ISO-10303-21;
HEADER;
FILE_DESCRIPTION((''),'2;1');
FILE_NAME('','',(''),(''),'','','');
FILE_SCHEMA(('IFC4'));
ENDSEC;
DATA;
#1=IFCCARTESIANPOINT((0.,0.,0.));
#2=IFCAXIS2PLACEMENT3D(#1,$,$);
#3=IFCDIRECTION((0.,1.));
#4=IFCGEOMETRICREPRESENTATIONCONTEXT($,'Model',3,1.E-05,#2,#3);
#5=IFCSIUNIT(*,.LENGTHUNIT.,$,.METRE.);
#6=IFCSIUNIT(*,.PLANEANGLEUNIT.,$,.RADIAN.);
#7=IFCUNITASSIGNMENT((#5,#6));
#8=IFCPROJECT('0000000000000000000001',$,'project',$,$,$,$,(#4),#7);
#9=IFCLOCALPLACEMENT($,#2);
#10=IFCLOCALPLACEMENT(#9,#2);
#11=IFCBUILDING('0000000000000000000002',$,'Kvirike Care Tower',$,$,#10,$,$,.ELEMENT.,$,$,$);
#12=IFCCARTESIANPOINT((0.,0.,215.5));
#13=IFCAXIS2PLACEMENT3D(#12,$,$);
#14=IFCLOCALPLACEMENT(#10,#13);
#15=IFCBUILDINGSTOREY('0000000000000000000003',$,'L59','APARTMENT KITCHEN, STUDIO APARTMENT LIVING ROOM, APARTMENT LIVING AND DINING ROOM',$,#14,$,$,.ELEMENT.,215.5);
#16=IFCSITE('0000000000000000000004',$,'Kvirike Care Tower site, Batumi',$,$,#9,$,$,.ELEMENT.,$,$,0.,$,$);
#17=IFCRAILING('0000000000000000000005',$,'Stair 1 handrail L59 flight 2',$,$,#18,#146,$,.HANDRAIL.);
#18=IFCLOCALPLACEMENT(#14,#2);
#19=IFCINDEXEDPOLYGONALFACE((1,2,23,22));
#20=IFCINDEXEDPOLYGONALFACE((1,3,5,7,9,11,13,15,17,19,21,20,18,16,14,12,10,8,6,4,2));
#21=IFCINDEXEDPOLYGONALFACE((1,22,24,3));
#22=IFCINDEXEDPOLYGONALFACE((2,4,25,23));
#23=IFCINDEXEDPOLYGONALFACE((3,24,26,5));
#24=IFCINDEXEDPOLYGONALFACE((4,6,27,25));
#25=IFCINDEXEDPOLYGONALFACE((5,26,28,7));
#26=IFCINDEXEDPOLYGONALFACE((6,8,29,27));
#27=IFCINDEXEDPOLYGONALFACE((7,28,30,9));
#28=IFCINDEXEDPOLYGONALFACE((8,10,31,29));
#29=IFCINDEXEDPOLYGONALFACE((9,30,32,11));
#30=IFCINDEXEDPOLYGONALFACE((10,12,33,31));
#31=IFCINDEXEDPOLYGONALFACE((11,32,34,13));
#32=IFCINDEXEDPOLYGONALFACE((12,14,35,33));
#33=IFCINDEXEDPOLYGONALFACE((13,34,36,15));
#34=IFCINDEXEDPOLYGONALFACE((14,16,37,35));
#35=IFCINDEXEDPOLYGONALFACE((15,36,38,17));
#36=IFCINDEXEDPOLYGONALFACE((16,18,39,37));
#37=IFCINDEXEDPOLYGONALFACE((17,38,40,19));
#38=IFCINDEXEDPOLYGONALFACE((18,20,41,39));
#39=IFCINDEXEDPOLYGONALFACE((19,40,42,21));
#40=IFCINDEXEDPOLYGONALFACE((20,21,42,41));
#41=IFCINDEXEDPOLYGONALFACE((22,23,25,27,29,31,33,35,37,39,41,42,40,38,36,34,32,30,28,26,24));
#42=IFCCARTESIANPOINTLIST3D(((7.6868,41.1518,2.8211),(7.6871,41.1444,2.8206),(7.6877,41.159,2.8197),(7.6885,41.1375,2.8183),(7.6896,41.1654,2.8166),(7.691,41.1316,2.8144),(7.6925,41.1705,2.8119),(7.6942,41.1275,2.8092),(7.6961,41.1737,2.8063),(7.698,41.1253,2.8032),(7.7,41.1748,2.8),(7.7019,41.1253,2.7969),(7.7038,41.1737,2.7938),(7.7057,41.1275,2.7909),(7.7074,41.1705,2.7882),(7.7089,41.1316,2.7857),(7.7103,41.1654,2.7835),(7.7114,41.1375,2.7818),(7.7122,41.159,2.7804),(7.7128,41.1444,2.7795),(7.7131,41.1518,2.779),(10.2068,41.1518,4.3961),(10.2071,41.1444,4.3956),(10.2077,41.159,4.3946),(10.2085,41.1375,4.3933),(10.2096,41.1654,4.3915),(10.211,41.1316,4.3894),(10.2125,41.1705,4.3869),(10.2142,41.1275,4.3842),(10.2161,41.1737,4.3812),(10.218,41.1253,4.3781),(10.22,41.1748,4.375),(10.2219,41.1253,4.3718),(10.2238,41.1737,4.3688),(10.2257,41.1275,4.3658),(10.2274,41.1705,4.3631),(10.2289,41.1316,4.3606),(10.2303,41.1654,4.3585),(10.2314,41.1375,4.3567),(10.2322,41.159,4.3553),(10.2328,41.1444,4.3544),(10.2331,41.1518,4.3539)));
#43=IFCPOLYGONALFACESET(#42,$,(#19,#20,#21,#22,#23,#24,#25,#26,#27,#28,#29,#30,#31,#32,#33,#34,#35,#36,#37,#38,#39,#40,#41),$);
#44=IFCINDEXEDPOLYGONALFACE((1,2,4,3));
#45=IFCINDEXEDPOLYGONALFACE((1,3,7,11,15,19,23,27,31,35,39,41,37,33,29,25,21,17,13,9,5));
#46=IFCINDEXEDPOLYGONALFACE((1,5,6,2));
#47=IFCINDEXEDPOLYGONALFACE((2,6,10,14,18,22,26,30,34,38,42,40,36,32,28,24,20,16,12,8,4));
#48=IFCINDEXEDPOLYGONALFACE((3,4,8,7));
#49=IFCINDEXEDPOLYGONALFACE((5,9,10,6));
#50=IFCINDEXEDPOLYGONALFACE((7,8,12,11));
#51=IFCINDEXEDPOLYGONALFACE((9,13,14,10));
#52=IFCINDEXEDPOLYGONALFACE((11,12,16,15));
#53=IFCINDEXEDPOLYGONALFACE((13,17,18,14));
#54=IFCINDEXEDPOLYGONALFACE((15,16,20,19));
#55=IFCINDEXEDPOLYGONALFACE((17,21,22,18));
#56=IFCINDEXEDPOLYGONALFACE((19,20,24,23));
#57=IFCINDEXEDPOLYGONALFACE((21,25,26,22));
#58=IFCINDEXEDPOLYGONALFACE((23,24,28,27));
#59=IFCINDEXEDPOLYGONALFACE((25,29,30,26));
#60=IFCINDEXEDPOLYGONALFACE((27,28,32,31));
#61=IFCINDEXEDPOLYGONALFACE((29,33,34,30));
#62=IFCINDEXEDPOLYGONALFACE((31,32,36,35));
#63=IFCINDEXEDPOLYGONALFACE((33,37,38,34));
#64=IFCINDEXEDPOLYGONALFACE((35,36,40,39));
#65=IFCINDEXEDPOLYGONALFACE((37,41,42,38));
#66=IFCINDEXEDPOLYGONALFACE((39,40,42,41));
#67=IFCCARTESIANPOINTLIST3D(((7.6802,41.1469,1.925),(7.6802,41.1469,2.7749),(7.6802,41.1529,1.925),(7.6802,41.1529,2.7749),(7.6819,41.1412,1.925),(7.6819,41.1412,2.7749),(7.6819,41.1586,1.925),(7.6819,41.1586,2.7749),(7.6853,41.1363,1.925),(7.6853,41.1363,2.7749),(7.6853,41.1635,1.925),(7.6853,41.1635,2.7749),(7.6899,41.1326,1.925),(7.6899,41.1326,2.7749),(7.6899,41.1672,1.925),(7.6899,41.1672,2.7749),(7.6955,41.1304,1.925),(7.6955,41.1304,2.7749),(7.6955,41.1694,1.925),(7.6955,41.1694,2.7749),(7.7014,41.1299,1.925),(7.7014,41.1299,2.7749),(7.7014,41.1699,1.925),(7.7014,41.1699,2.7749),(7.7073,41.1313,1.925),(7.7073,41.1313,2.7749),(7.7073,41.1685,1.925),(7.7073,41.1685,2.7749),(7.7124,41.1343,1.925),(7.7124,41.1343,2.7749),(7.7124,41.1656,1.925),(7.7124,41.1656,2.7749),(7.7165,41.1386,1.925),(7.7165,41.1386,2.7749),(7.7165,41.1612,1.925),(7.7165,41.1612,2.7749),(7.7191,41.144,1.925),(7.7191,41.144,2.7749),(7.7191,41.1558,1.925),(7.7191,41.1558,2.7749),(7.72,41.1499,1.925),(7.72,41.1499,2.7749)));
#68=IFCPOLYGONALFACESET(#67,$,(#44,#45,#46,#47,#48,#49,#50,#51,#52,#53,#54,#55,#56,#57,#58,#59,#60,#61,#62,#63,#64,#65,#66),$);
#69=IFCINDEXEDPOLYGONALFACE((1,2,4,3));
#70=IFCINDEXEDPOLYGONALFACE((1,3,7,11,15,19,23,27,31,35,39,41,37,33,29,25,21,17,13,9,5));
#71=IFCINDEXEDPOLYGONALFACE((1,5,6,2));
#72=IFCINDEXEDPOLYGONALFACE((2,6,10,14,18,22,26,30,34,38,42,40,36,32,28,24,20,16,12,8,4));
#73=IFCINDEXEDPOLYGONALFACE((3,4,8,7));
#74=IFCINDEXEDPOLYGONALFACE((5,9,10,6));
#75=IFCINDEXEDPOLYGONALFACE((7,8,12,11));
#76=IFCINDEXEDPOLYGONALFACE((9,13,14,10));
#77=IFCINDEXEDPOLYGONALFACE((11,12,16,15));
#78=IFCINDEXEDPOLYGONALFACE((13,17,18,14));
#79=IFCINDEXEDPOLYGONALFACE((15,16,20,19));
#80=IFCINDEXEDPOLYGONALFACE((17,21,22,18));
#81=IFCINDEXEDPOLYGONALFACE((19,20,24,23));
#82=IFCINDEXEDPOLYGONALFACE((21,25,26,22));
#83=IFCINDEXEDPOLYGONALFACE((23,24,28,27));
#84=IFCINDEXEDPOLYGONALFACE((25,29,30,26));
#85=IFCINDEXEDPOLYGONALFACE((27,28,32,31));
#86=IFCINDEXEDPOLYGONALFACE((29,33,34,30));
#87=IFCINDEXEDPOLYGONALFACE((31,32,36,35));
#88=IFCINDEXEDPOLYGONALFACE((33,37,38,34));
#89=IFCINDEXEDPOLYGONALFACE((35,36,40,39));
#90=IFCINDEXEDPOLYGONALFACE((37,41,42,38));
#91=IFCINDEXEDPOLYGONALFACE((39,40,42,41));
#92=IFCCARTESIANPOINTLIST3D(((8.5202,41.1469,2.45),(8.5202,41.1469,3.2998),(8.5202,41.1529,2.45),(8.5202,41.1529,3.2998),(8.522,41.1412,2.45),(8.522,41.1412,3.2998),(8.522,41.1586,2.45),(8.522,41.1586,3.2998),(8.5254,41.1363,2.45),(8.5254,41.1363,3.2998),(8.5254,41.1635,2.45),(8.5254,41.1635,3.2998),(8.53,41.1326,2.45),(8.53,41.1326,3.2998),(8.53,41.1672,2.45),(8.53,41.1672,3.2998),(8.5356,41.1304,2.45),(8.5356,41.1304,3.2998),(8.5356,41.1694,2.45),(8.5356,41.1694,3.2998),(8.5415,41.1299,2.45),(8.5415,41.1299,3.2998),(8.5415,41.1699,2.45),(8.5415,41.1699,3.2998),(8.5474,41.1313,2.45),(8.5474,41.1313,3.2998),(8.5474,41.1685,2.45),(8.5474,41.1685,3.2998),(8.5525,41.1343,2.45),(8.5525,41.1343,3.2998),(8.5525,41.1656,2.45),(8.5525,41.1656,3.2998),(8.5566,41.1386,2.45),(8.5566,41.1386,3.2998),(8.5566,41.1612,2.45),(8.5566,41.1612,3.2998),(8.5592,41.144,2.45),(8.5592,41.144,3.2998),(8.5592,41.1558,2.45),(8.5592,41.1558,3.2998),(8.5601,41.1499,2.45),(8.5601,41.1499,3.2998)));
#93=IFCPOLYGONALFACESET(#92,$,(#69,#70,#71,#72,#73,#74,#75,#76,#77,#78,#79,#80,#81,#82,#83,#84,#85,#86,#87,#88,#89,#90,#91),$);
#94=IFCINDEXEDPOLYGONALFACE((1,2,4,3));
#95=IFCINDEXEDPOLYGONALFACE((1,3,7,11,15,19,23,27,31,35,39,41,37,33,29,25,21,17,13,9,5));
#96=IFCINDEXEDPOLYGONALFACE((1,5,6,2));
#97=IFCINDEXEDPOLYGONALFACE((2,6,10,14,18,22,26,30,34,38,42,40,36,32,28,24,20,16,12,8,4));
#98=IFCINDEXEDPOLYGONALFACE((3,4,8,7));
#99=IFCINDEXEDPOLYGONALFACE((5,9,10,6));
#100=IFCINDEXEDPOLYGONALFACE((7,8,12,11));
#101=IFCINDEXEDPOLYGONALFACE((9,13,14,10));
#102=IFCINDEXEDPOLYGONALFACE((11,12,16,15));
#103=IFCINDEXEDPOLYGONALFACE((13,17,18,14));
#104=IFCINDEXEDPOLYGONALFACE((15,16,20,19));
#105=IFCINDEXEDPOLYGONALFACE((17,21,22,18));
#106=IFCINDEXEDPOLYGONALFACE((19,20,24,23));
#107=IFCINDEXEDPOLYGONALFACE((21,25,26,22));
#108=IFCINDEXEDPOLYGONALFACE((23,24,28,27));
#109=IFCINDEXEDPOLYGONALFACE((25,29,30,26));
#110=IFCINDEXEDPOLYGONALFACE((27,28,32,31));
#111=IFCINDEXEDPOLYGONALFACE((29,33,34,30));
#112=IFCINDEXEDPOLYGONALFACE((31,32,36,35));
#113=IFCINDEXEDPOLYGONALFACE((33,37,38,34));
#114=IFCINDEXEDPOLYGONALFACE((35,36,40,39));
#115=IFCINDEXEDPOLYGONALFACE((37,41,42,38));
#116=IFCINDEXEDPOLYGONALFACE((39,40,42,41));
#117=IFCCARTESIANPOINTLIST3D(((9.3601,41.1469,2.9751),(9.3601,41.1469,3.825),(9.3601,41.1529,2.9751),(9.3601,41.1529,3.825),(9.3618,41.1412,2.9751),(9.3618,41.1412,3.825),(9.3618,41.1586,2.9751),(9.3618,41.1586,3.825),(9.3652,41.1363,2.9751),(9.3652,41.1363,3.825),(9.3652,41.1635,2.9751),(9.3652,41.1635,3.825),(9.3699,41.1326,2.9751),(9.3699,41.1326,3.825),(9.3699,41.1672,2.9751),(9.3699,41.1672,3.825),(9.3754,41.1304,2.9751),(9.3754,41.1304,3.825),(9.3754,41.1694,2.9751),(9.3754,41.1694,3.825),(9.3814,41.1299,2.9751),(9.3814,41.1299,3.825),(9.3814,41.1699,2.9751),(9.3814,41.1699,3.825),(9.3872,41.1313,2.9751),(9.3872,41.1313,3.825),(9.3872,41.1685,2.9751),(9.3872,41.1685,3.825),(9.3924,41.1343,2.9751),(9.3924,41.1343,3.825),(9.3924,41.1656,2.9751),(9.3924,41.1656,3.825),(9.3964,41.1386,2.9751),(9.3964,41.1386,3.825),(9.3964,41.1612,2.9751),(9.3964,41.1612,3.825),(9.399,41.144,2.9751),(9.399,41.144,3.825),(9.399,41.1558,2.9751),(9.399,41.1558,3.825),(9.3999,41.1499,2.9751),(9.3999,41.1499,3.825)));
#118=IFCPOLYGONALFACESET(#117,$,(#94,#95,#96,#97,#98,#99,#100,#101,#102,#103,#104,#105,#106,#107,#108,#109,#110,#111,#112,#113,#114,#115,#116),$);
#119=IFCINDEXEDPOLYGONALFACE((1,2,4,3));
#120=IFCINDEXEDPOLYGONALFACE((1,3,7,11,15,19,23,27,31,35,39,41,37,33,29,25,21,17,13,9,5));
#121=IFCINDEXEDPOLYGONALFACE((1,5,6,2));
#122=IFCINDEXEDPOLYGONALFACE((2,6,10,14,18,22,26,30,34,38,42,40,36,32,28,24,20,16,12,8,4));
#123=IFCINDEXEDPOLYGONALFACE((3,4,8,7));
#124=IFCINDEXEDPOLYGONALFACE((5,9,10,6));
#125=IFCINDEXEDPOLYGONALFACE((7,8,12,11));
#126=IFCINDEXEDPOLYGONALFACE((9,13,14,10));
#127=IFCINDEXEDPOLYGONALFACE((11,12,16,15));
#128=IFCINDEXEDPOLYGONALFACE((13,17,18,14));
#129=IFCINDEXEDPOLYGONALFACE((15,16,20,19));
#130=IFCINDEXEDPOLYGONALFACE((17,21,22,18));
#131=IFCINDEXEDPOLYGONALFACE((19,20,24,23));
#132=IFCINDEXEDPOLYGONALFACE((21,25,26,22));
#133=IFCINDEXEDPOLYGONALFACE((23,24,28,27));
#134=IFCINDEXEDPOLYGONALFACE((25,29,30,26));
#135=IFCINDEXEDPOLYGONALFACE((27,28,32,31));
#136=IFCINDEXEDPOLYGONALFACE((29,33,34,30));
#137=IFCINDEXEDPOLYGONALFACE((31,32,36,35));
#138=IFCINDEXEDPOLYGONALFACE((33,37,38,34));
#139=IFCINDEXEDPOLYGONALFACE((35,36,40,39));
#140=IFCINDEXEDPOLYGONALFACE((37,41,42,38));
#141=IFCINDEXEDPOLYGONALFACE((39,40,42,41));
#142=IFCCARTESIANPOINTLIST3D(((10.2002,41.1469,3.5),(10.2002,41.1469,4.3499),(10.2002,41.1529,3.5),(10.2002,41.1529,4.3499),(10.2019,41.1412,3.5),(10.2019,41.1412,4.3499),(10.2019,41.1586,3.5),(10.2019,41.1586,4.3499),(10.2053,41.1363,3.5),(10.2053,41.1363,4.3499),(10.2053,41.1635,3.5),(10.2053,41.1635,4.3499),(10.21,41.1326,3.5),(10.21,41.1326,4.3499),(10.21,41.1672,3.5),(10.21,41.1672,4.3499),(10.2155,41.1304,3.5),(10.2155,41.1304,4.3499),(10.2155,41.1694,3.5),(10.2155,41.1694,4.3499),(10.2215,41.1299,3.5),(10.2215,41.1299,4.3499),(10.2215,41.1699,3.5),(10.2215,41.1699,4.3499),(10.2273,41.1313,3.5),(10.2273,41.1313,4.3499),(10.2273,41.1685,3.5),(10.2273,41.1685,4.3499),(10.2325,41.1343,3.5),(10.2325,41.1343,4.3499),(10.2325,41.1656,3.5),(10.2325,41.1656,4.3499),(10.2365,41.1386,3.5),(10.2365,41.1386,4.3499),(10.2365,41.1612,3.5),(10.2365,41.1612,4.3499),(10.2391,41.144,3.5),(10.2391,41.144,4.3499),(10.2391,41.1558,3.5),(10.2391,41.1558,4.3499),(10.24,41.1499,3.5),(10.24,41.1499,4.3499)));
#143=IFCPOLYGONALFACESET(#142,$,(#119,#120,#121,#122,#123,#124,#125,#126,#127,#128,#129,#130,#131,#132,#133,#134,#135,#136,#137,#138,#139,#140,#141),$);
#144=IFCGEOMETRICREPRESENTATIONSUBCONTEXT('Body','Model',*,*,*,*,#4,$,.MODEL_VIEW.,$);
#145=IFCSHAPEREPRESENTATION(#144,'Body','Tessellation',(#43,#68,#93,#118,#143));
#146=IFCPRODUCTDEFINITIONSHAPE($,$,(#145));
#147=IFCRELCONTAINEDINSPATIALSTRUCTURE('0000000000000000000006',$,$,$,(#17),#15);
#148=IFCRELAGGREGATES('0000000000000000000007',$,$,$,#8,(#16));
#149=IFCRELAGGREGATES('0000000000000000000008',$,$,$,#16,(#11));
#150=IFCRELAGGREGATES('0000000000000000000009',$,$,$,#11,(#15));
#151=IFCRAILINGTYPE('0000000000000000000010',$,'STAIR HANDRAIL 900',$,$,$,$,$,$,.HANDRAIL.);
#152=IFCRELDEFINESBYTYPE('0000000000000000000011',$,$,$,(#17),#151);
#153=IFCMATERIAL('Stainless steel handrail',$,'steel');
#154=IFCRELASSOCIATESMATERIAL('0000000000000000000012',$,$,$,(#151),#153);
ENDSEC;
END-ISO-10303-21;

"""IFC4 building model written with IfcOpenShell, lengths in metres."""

from ifc_helpers import new_model, si_unit, direction, frame, origin, origin_2d, place, context, subcontext, project, spatial, circle, extrude, material, type_object, element, save


model = new_model("IFC4")

# Units and contexts
model_context = context("Model", 3, precision=1e-05, world=origin(), true_north=direction((0.0, 1.0)))
body_context = subcontext(model_context, "Body", "Model", "MODEL_VIEW")
ifc_project = project(units=[si_unit("LENGTHUNIT", "METRE"), si_unit("PLANEANGLEUNIT", "RADIAN")], contexts=[model_context])

# Site, building, storey
site_placement = place(None, origin())
site = spatial("IfcSite", under=ifc_project, at=site_placement, Name="Kvirike Care Tower site, Batumi", CompositionType="ELEMENT", RefElevation=0.0)
building_placement = place(site_placement, origin())
building = spatial("IfcBuilding", under=site, at=building_placement, Name="Kvirike Care Tower", CompositionType="ELEMENT")
storey_placement = place(building_placement, frame((0.0, 0.0, 215.5)))
storey = spatial("IfcBuildingStorey", under=building, at=storey_placement, Name="L59", Description="APARTMENT KITCHEN, STUDIO APARTMENT LIVING ROOM, APARTMENT LIVING AND DINING ROOM", CompositionType="ELEMENT", Elevation=215.5)

# Railing
ifc_material_1 = material(Name="Stainless steel handrail", Category="steel")
railing_type = type_object("IfcRailingType", Name="STAIR HANDRAIL 900", PredefinedType="HANDRAIL", material=ifc_material_1)
railing_1_placement = place(storey_placement, frame((7.7, 41.1499, 1.925)))
element("IfcRailing", 1, at=railing_1_placement, inside=storey, type_object=railing_type, Name="Stair 1 handrail L59 flight 2", PredefinedType="HANDRAIL", context=body_context, shape_type="SweptSolid", body=[
    extrude(circle(Radius=0.0249, at=origin_2d()), frame((0.0, 0.0, 0.875), z_axis=(0.848008, 0.0, 0.529984), x_axis=(0.0, 1.0, 0.0)), (0.0, 0.0, 1.0), 2.9717),
    extrude(circle(Radius=0.02, at=origin_2d()), origin(), (0.0, 0.0, 1.0), 0.8499),
    extrude(circle(Radius=0.02, at=origin_2d()), frame((0.8401, 0.0, 0.5249)), (0.0, 0.0, 1.0), 0.8499),
    extrude(circle(Radius=0.02, at=origin_2d()), frame((1.6799, 0.0, 1.05)), (0.0, 0.0, 1.0), 0.8499),
    extrude(circle(Radius=0.02, at=origin_2d()), frame((2.52, 0.0, 1.575)), (0.0, 0.0, 1.0), 0.8499),
])

save(model, "model.ifc")
